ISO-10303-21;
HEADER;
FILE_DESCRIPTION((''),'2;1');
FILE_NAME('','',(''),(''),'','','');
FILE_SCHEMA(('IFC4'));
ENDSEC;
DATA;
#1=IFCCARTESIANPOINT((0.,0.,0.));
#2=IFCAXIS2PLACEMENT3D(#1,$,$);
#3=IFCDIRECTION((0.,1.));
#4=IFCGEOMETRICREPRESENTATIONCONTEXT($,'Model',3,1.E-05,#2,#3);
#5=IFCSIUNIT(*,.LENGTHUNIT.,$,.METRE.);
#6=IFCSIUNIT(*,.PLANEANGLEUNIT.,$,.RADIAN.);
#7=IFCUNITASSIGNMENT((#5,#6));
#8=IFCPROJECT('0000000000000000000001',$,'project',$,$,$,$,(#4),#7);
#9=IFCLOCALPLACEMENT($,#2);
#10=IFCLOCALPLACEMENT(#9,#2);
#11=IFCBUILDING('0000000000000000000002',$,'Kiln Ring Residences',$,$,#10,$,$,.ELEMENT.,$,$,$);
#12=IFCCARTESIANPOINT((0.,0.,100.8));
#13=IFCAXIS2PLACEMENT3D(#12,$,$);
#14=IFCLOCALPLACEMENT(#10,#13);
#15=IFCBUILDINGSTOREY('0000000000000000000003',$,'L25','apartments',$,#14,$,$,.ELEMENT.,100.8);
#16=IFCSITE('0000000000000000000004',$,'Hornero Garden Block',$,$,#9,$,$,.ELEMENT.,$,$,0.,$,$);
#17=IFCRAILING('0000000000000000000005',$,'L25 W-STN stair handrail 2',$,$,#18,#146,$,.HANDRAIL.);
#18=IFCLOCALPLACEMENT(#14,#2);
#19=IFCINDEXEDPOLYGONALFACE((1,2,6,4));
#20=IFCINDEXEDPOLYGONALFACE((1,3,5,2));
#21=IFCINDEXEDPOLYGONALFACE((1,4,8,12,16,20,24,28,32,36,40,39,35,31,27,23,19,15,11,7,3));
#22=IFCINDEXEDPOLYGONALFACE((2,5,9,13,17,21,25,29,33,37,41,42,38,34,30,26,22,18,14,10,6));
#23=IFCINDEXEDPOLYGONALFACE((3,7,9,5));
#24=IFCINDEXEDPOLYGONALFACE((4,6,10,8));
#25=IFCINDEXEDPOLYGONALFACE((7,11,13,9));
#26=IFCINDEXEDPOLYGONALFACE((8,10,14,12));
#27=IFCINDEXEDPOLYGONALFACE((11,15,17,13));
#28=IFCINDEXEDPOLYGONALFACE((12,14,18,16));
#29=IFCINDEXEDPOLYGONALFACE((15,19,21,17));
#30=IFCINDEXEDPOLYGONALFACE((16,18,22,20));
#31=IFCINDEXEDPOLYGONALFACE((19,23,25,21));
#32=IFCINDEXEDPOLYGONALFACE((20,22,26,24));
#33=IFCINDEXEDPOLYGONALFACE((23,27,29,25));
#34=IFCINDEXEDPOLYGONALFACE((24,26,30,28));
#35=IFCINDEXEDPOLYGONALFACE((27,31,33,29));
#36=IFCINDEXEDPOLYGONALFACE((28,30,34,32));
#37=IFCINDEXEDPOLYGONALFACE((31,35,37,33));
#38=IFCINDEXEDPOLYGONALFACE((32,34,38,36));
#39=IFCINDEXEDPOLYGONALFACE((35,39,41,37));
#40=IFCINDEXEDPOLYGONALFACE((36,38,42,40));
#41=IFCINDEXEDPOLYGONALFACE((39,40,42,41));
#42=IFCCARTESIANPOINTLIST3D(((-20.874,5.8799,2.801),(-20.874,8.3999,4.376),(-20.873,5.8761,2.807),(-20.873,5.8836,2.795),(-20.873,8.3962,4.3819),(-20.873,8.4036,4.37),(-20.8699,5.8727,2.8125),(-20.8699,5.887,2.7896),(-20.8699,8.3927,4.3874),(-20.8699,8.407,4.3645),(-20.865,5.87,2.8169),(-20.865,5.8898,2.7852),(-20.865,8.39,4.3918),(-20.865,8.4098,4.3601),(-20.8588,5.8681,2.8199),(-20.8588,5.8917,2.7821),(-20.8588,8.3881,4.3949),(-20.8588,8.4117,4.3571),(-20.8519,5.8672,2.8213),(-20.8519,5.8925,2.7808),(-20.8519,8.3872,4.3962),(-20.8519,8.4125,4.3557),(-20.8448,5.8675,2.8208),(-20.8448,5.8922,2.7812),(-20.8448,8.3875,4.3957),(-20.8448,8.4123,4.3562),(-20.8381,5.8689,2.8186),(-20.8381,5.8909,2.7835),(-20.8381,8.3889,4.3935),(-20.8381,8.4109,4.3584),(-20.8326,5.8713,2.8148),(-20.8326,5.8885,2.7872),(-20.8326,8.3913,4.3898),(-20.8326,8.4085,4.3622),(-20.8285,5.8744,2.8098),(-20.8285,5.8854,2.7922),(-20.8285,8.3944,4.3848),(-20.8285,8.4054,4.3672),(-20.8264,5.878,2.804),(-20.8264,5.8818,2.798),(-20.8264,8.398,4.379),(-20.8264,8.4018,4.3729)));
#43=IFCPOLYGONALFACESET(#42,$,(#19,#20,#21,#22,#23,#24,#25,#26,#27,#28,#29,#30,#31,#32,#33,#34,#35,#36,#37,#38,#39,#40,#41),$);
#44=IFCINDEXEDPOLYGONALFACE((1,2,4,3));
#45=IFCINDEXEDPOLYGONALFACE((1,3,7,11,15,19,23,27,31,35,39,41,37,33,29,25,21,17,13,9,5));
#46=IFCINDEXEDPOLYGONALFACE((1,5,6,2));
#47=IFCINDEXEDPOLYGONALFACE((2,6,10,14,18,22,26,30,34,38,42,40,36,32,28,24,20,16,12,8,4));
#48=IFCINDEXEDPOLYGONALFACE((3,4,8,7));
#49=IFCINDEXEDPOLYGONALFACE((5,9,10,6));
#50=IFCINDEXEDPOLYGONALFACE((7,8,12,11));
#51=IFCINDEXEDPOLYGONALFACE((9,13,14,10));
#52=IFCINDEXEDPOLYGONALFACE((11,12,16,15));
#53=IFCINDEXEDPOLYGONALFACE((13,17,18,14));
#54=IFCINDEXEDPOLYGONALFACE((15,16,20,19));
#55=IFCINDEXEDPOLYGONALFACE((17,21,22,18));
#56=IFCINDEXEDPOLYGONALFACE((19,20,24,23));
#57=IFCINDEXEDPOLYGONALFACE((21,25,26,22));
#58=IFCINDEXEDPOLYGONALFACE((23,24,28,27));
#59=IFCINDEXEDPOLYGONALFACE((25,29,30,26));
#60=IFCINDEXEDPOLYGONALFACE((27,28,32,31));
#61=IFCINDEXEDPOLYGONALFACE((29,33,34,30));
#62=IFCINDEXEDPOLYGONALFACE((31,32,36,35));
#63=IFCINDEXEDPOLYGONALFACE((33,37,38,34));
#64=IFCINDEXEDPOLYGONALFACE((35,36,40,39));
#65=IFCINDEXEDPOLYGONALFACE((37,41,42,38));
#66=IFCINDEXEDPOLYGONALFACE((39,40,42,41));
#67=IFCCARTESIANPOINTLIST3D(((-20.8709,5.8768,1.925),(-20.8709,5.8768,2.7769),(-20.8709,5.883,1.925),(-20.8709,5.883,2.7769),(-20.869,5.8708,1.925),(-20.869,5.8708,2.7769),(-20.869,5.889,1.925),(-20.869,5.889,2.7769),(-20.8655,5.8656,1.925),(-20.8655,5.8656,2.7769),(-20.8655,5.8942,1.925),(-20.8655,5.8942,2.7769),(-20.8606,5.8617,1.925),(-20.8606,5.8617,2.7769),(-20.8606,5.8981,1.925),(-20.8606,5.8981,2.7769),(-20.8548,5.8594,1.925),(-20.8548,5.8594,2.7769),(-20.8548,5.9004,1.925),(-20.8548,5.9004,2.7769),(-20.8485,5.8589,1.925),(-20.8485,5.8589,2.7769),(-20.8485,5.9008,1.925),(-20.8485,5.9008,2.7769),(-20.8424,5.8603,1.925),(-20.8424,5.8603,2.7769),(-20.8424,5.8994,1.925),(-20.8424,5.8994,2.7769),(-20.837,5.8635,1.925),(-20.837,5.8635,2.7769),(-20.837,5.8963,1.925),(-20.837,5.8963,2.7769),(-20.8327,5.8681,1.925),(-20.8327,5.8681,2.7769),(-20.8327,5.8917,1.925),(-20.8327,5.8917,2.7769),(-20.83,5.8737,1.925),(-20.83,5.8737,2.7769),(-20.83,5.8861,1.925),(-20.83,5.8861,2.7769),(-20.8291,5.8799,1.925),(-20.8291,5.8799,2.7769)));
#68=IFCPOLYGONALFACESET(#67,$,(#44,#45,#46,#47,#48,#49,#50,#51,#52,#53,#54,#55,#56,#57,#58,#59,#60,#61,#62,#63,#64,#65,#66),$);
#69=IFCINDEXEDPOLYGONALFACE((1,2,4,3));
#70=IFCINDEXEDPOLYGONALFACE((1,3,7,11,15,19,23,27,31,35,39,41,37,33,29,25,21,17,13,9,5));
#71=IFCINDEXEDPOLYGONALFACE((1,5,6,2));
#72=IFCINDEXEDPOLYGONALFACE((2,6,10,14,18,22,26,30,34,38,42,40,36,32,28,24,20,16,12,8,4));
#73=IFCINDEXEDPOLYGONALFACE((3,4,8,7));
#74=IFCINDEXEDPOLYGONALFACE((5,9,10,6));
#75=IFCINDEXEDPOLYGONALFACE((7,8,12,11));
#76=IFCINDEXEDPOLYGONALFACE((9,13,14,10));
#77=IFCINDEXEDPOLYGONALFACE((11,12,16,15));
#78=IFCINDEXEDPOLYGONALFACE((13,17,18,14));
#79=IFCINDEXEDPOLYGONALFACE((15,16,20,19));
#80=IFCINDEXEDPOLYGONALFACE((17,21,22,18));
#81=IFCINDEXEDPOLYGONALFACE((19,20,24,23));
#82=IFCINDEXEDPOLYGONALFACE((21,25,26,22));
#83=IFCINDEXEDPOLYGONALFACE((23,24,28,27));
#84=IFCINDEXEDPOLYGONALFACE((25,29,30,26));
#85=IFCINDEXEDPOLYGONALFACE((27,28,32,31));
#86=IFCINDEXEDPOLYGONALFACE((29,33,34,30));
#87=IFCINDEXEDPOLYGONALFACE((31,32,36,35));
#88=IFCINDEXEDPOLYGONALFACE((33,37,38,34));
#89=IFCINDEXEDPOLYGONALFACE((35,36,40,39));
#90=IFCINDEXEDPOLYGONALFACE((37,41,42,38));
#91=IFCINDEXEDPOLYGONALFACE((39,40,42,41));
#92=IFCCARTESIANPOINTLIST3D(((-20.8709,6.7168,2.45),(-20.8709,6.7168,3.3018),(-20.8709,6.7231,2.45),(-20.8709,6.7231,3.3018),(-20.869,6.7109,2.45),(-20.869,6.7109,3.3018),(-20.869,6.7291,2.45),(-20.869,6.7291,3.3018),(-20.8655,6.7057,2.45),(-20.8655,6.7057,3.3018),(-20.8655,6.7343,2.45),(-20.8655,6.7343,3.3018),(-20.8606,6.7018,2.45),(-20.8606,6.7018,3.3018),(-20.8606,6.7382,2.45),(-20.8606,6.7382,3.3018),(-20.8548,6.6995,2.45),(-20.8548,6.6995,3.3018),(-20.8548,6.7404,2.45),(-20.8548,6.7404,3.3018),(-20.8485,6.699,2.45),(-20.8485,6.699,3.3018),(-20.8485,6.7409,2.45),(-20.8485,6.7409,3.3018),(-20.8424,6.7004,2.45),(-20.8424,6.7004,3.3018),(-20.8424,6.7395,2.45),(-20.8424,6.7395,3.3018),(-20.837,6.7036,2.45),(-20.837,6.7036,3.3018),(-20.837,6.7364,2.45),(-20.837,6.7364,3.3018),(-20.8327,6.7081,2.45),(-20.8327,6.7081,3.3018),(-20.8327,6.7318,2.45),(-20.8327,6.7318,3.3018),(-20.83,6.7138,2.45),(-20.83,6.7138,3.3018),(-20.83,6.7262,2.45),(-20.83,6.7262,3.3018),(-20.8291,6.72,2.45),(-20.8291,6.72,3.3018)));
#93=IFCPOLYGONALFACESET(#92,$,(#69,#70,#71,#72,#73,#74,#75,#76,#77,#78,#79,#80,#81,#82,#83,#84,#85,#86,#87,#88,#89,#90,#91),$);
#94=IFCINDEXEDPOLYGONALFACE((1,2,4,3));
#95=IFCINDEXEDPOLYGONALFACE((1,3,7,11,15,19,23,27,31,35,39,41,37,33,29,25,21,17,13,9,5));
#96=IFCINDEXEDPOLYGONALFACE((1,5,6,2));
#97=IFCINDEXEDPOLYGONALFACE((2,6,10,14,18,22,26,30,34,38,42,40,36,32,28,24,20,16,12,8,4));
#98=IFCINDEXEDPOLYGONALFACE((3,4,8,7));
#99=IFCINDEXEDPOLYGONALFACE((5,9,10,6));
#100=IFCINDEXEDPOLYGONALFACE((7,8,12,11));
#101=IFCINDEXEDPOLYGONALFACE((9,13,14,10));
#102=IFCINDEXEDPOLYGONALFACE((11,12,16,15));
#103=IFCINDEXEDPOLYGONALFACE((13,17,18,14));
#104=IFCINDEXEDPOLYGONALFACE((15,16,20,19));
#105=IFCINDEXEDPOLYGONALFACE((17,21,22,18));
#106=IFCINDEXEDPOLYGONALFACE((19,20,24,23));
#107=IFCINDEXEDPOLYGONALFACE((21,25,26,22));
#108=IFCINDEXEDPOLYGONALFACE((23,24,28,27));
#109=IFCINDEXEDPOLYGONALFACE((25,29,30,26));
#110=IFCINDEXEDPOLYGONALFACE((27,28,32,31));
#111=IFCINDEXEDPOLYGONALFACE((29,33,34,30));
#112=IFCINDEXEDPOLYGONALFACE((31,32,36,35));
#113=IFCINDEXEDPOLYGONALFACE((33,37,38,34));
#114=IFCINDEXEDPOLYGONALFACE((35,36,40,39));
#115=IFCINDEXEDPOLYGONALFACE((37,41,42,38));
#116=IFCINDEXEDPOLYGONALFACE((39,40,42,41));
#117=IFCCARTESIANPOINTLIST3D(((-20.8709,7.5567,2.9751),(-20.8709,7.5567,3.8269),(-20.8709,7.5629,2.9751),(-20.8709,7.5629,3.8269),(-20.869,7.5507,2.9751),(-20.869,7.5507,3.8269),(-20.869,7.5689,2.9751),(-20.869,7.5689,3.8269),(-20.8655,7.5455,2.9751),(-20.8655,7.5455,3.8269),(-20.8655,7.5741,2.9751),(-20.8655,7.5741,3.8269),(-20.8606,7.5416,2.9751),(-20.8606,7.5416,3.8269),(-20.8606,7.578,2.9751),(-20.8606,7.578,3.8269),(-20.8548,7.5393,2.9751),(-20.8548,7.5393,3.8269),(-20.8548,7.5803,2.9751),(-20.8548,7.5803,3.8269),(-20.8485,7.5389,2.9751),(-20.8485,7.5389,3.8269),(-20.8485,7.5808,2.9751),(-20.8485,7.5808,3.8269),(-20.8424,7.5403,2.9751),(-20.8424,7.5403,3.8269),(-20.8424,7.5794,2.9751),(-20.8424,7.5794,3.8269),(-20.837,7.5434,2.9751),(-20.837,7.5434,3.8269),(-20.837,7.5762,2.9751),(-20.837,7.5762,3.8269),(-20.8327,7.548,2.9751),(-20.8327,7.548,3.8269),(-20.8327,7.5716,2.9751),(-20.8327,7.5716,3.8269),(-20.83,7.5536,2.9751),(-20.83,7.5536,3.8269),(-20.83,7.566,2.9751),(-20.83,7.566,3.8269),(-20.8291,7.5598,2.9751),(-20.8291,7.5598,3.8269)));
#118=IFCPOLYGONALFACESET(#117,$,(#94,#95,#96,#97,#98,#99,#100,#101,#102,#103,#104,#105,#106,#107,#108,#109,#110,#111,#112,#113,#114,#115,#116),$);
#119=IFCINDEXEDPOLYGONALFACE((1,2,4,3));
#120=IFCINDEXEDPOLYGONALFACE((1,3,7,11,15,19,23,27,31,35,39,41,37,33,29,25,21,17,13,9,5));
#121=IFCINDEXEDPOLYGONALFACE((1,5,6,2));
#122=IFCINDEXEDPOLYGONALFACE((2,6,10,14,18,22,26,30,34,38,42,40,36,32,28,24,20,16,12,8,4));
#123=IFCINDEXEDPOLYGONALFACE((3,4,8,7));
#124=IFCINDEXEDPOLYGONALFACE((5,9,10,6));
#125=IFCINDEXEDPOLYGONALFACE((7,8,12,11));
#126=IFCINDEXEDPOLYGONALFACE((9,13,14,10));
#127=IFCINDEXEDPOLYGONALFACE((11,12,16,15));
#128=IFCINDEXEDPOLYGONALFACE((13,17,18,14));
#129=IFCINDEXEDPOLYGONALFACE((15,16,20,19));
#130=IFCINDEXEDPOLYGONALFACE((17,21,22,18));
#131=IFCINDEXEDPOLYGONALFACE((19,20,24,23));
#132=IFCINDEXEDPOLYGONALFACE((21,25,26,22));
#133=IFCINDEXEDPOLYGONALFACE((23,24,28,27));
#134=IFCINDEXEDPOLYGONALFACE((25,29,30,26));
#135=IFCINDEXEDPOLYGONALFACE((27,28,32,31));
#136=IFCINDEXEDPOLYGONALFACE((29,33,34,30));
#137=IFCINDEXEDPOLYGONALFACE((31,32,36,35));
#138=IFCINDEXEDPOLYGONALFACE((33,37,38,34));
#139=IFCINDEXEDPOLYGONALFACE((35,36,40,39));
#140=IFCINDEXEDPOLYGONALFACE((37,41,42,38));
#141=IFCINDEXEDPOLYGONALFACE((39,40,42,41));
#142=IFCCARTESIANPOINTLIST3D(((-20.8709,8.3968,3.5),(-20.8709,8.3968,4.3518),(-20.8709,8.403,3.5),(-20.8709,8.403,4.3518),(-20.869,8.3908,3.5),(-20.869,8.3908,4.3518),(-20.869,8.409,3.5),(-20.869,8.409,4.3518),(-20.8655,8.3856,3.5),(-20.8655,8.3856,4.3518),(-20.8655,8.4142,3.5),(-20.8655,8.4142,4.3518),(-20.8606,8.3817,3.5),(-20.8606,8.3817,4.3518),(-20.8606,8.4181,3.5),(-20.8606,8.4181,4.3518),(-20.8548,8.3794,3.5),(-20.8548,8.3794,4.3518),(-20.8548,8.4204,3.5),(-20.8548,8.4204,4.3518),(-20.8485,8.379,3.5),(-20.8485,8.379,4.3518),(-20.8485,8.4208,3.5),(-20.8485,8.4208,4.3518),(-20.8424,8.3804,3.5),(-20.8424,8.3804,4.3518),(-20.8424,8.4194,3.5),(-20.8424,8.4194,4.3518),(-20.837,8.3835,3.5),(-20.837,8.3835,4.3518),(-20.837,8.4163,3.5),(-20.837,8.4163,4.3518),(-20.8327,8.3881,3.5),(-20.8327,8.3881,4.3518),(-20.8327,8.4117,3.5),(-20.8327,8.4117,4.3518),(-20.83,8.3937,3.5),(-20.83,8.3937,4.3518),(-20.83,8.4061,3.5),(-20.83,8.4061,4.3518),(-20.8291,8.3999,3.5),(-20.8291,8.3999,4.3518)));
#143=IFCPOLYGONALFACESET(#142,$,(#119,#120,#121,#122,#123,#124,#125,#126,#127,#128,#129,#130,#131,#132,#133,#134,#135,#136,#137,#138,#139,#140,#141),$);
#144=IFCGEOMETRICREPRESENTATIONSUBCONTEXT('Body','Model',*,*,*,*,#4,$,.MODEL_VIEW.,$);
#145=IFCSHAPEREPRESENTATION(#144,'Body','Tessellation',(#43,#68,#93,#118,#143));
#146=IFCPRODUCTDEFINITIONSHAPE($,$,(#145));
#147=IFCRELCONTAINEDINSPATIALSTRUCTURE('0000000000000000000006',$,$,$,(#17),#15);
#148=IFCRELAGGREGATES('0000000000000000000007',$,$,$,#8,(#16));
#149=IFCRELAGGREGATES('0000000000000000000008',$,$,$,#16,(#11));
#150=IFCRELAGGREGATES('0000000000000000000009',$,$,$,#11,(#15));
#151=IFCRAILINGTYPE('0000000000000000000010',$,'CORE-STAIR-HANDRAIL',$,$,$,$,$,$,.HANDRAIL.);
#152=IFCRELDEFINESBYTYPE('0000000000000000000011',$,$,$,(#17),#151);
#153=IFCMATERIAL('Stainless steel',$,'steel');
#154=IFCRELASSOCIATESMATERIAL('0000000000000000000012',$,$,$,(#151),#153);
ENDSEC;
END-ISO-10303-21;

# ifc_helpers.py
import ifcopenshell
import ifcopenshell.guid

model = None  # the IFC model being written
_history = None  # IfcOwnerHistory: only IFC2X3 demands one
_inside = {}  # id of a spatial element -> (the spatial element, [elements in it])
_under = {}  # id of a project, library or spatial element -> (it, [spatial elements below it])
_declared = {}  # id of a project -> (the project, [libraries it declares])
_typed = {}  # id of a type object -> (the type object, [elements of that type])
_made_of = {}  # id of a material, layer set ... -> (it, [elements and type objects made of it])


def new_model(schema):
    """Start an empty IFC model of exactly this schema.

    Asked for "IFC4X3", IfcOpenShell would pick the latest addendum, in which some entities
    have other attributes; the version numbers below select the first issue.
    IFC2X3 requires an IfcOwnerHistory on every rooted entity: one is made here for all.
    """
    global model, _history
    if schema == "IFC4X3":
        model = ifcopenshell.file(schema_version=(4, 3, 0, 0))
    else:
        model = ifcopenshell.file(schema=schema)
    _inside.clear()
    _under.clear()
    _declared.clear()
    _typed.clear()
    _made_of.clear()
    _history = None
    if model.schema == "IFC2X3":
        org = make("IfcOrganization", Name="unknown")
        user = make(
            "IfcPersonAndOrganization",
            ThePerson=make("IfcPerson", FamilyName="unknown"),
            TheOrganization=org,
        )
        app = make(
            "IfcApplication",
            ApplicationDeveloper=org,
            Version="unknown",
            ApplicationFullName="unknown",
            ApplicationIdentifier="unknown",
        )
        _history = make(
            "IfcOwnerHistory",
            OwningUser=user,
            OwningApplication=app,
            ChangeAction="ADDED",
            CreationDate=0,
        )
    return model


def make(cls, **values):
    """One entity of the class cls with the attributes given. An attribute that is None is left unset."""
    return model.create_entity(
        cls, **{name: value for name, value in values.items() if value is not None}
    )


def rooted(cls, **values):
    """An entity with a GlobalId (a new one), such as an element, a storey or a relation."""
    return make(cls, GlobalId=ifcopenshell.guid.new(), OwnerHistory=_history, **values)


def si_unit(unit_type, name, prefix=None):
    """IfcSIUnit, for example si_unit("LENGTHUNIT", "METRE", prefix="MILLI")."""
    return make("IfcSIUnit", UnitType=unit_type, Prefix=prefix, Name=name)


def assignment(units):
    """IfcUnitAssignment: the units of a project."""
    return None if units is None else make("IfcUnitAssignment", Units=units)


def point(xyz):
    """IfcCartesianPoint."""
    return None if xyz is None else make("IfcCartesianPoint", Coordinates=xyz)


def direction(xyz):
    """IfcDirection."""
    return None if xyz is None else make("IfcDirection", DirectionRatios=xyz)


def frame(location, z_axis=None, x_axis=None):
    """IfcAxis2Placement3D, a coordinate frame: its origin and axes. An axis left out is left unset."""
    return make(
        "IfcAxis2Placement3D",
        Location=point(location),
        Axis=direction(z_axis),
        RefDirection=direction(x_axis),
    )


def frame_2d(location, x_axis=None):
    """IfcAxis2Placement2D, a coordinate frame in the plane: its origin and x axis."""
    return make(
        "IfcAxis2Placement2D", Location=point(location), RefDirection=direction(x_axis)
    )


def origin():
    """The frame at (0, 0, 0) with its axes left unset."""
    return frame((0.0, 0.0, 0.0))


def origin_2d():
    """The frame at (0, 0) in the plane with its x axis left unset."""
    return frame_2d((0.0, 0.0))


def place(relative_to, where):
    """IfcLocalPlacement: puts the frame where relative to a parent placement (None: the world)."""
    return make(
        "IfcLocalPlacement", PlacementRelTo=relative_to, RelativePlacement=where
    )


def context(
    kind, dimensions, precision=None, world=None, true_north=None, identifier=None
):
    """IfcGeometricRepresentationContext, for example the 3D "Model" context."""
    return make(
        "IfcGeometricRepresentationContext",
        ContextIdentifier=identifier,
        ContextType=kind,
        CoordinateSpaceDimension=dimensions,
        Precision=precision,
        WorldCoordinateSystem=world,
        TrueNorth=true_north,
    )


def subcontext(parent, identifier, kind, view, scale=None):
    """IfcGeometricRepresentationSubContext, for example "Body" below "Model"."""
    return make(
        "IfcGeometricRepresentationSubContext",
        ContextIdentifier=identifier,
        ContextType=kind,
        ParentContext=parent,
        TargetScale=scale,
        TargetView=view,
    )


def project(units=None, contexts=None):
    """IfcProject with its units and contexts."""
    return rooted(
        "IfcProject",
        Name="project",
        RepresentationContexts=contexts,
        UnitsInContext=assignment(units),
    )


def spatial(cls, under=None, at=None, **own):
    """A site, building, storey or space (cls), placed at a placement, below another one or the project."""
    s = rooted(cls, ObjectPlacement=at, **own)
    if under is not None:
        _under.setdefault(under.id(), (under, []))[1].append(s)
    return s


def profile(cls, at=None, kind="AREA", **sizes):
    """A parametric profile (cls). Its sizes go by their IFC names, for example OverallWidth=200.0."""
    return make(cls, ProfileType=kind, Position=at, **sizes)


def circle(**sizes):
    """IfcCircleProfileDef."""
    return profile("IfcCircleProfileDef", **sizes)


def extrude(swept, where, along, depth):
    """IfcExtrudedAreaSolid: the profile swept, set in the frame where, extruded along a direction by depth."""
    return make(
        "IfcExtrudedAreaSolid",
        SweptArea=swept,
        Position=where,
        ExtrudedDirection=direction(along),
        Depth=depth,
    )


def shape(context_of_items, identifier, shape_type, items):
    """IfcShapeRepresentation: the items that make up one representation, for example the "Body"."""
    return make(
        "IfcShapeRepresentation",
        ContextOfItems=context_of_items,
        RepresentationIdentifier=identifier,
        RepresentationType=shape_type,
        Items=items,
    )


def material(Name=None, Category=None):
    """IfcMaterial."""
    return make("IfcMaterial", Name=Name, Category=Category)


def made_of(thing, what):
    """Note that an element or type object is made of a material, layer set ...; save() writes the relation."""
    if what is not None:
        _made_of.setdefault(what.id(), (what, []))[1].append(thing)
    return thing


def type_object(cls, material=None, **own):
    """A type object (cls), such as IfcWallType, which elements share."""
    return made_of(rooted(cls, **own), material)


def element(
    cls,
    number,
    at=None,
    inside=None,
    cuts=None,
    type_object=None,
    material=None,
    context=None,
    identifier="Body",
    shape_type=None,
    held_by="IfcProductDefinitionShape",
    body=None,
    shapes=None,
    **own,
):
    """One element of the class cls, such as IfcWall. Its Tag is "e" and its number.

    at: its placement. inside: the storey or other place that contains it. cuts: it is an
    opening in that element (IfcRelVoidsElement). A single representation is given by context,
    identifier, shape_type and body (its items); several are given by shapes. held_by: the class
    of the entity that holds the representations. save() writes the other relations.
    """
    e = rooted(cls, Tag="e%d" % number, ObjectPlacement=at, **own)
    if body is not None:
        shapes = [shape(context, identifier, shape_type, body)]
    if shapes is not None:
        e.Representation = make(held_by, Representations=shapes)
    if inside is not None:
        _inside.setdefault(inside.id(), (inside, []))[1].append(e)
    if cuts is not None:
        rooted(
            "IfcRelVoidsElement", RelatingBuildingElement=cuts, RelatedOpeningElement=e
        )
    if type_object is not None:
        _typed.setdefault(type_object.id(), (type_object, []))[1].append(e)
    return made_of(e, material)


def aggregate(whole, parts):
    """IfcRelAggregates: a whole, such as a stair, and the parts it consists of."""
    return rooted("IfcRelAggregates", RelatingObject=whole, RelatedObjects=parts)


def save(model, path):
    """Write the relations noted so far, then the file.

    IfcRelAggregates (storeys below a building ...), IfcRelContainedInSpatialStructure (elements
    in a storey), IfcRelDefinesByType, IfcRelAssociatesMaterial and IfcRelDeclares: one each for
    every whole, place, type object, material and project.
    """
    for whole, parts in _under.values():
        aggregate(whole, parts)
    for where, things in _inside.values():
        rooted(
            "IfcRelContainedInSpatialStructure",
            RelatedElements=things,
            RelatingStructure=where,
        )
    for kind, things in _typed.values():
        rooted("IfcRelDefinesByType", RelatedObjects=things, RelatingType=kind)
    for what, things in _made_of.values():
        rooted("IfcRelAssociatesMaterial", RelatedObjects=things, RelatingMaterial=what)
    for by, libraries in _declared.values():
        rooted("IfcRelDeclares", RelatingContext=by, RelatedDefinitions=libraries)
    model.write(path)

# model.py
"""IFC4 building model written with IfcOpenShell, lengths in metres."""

from ifc_helpers import new_model, si_unit, direction, frame, origin, origin_2d, place, context, subcontext, project, spatial, circle, extrude, material, type_object, element, save


model = new_model("IFC4")

# Units and contexts
model_context = context("Model", 3, precision=1e-05, world=origin(), true_north=direction((0.0, 1.0)))
body_context = subcontext(model_context, "Body", "Model", "MODEL_VIEW")
ifc_project = project(units=[si_unit("LENGTHUNIT", "METRE"), si_unit("PLANEANGLEUNIT", "RADIAN")], contexts=[model_context])

# Site, building, storey
site_placement = place(None, origin())
site = spatial("IfcSite", under=ifc_project, at=site_placement, Name="Hornero Garden Block", CompositionType="ELEMENT", RefElevation=0.0)
building_placement = place(site_placement, origin())
building = spatial("IfcBuilding", under=site, at=building_placement, Name="Kiln Ring Residences", CompositionType="ELEMENT")
storey_placement = place(building_placement, frame((0.0, 0.0, 100.8)))
storey = spatial("IfcBuildingStorey", under=building, at=storey_placement, Name="L25", Description="apartments", CompositionType="ELEMENT", Elevation=100.8)

# Railing
ifc_material_1 = material(Name="Stainless steel", Category="steel")
railing_type_1 = type_object("IfcRailingType", Name="CORE-STAIR-HANDRAIL", PredefinedType="HANDRAIL", material=ifc_material_1)
railing_1_placement = place(storey_placement, frame((-20.8501, 5.8799, 1.925)))
element("IfcRailing", 1, at=railing_1_placement, inside=storey, type_object=railing_type_1, Name="L25 W-STN stair handrail 2", PredefinedType="HANDRAIL", context=body_context, shape_type="SweptSolid", body=[
    extrude(circle(Radius=0.0239, at=origin_2d()), frame((0.0, 0.0, 0.876), z_axis=(0.0, 0.848008, 0.529984), x_axis=(-1.0, 0.0, 0.0)), (0.0, 0.0, 1.0), 2.9717),
    extrude(circle(Radius=0.021, at=origin_2d()), origin(), (0.0, 0.0, 1.0), 0.8518),
    extrude(circle(Radius=0.021, at=origin_2d()), frame((0.0, 0.8401, 0.5249)), (0.0, 0.0, 1.0), 0.8518),
    extrude(circle(Radius=0.021, at=origin_2d()), frame((0.0, 1.6799, 1.05)), (0.0, 0.0, 1.0), 0.8518),
    extrude(circle(Radius=0.021, at=origin_2d()), frame((0.0, 2.52, 1.575)), (0.0, 0.0, 1.0), 0.8518),
])

save(model, "model.ifc")
